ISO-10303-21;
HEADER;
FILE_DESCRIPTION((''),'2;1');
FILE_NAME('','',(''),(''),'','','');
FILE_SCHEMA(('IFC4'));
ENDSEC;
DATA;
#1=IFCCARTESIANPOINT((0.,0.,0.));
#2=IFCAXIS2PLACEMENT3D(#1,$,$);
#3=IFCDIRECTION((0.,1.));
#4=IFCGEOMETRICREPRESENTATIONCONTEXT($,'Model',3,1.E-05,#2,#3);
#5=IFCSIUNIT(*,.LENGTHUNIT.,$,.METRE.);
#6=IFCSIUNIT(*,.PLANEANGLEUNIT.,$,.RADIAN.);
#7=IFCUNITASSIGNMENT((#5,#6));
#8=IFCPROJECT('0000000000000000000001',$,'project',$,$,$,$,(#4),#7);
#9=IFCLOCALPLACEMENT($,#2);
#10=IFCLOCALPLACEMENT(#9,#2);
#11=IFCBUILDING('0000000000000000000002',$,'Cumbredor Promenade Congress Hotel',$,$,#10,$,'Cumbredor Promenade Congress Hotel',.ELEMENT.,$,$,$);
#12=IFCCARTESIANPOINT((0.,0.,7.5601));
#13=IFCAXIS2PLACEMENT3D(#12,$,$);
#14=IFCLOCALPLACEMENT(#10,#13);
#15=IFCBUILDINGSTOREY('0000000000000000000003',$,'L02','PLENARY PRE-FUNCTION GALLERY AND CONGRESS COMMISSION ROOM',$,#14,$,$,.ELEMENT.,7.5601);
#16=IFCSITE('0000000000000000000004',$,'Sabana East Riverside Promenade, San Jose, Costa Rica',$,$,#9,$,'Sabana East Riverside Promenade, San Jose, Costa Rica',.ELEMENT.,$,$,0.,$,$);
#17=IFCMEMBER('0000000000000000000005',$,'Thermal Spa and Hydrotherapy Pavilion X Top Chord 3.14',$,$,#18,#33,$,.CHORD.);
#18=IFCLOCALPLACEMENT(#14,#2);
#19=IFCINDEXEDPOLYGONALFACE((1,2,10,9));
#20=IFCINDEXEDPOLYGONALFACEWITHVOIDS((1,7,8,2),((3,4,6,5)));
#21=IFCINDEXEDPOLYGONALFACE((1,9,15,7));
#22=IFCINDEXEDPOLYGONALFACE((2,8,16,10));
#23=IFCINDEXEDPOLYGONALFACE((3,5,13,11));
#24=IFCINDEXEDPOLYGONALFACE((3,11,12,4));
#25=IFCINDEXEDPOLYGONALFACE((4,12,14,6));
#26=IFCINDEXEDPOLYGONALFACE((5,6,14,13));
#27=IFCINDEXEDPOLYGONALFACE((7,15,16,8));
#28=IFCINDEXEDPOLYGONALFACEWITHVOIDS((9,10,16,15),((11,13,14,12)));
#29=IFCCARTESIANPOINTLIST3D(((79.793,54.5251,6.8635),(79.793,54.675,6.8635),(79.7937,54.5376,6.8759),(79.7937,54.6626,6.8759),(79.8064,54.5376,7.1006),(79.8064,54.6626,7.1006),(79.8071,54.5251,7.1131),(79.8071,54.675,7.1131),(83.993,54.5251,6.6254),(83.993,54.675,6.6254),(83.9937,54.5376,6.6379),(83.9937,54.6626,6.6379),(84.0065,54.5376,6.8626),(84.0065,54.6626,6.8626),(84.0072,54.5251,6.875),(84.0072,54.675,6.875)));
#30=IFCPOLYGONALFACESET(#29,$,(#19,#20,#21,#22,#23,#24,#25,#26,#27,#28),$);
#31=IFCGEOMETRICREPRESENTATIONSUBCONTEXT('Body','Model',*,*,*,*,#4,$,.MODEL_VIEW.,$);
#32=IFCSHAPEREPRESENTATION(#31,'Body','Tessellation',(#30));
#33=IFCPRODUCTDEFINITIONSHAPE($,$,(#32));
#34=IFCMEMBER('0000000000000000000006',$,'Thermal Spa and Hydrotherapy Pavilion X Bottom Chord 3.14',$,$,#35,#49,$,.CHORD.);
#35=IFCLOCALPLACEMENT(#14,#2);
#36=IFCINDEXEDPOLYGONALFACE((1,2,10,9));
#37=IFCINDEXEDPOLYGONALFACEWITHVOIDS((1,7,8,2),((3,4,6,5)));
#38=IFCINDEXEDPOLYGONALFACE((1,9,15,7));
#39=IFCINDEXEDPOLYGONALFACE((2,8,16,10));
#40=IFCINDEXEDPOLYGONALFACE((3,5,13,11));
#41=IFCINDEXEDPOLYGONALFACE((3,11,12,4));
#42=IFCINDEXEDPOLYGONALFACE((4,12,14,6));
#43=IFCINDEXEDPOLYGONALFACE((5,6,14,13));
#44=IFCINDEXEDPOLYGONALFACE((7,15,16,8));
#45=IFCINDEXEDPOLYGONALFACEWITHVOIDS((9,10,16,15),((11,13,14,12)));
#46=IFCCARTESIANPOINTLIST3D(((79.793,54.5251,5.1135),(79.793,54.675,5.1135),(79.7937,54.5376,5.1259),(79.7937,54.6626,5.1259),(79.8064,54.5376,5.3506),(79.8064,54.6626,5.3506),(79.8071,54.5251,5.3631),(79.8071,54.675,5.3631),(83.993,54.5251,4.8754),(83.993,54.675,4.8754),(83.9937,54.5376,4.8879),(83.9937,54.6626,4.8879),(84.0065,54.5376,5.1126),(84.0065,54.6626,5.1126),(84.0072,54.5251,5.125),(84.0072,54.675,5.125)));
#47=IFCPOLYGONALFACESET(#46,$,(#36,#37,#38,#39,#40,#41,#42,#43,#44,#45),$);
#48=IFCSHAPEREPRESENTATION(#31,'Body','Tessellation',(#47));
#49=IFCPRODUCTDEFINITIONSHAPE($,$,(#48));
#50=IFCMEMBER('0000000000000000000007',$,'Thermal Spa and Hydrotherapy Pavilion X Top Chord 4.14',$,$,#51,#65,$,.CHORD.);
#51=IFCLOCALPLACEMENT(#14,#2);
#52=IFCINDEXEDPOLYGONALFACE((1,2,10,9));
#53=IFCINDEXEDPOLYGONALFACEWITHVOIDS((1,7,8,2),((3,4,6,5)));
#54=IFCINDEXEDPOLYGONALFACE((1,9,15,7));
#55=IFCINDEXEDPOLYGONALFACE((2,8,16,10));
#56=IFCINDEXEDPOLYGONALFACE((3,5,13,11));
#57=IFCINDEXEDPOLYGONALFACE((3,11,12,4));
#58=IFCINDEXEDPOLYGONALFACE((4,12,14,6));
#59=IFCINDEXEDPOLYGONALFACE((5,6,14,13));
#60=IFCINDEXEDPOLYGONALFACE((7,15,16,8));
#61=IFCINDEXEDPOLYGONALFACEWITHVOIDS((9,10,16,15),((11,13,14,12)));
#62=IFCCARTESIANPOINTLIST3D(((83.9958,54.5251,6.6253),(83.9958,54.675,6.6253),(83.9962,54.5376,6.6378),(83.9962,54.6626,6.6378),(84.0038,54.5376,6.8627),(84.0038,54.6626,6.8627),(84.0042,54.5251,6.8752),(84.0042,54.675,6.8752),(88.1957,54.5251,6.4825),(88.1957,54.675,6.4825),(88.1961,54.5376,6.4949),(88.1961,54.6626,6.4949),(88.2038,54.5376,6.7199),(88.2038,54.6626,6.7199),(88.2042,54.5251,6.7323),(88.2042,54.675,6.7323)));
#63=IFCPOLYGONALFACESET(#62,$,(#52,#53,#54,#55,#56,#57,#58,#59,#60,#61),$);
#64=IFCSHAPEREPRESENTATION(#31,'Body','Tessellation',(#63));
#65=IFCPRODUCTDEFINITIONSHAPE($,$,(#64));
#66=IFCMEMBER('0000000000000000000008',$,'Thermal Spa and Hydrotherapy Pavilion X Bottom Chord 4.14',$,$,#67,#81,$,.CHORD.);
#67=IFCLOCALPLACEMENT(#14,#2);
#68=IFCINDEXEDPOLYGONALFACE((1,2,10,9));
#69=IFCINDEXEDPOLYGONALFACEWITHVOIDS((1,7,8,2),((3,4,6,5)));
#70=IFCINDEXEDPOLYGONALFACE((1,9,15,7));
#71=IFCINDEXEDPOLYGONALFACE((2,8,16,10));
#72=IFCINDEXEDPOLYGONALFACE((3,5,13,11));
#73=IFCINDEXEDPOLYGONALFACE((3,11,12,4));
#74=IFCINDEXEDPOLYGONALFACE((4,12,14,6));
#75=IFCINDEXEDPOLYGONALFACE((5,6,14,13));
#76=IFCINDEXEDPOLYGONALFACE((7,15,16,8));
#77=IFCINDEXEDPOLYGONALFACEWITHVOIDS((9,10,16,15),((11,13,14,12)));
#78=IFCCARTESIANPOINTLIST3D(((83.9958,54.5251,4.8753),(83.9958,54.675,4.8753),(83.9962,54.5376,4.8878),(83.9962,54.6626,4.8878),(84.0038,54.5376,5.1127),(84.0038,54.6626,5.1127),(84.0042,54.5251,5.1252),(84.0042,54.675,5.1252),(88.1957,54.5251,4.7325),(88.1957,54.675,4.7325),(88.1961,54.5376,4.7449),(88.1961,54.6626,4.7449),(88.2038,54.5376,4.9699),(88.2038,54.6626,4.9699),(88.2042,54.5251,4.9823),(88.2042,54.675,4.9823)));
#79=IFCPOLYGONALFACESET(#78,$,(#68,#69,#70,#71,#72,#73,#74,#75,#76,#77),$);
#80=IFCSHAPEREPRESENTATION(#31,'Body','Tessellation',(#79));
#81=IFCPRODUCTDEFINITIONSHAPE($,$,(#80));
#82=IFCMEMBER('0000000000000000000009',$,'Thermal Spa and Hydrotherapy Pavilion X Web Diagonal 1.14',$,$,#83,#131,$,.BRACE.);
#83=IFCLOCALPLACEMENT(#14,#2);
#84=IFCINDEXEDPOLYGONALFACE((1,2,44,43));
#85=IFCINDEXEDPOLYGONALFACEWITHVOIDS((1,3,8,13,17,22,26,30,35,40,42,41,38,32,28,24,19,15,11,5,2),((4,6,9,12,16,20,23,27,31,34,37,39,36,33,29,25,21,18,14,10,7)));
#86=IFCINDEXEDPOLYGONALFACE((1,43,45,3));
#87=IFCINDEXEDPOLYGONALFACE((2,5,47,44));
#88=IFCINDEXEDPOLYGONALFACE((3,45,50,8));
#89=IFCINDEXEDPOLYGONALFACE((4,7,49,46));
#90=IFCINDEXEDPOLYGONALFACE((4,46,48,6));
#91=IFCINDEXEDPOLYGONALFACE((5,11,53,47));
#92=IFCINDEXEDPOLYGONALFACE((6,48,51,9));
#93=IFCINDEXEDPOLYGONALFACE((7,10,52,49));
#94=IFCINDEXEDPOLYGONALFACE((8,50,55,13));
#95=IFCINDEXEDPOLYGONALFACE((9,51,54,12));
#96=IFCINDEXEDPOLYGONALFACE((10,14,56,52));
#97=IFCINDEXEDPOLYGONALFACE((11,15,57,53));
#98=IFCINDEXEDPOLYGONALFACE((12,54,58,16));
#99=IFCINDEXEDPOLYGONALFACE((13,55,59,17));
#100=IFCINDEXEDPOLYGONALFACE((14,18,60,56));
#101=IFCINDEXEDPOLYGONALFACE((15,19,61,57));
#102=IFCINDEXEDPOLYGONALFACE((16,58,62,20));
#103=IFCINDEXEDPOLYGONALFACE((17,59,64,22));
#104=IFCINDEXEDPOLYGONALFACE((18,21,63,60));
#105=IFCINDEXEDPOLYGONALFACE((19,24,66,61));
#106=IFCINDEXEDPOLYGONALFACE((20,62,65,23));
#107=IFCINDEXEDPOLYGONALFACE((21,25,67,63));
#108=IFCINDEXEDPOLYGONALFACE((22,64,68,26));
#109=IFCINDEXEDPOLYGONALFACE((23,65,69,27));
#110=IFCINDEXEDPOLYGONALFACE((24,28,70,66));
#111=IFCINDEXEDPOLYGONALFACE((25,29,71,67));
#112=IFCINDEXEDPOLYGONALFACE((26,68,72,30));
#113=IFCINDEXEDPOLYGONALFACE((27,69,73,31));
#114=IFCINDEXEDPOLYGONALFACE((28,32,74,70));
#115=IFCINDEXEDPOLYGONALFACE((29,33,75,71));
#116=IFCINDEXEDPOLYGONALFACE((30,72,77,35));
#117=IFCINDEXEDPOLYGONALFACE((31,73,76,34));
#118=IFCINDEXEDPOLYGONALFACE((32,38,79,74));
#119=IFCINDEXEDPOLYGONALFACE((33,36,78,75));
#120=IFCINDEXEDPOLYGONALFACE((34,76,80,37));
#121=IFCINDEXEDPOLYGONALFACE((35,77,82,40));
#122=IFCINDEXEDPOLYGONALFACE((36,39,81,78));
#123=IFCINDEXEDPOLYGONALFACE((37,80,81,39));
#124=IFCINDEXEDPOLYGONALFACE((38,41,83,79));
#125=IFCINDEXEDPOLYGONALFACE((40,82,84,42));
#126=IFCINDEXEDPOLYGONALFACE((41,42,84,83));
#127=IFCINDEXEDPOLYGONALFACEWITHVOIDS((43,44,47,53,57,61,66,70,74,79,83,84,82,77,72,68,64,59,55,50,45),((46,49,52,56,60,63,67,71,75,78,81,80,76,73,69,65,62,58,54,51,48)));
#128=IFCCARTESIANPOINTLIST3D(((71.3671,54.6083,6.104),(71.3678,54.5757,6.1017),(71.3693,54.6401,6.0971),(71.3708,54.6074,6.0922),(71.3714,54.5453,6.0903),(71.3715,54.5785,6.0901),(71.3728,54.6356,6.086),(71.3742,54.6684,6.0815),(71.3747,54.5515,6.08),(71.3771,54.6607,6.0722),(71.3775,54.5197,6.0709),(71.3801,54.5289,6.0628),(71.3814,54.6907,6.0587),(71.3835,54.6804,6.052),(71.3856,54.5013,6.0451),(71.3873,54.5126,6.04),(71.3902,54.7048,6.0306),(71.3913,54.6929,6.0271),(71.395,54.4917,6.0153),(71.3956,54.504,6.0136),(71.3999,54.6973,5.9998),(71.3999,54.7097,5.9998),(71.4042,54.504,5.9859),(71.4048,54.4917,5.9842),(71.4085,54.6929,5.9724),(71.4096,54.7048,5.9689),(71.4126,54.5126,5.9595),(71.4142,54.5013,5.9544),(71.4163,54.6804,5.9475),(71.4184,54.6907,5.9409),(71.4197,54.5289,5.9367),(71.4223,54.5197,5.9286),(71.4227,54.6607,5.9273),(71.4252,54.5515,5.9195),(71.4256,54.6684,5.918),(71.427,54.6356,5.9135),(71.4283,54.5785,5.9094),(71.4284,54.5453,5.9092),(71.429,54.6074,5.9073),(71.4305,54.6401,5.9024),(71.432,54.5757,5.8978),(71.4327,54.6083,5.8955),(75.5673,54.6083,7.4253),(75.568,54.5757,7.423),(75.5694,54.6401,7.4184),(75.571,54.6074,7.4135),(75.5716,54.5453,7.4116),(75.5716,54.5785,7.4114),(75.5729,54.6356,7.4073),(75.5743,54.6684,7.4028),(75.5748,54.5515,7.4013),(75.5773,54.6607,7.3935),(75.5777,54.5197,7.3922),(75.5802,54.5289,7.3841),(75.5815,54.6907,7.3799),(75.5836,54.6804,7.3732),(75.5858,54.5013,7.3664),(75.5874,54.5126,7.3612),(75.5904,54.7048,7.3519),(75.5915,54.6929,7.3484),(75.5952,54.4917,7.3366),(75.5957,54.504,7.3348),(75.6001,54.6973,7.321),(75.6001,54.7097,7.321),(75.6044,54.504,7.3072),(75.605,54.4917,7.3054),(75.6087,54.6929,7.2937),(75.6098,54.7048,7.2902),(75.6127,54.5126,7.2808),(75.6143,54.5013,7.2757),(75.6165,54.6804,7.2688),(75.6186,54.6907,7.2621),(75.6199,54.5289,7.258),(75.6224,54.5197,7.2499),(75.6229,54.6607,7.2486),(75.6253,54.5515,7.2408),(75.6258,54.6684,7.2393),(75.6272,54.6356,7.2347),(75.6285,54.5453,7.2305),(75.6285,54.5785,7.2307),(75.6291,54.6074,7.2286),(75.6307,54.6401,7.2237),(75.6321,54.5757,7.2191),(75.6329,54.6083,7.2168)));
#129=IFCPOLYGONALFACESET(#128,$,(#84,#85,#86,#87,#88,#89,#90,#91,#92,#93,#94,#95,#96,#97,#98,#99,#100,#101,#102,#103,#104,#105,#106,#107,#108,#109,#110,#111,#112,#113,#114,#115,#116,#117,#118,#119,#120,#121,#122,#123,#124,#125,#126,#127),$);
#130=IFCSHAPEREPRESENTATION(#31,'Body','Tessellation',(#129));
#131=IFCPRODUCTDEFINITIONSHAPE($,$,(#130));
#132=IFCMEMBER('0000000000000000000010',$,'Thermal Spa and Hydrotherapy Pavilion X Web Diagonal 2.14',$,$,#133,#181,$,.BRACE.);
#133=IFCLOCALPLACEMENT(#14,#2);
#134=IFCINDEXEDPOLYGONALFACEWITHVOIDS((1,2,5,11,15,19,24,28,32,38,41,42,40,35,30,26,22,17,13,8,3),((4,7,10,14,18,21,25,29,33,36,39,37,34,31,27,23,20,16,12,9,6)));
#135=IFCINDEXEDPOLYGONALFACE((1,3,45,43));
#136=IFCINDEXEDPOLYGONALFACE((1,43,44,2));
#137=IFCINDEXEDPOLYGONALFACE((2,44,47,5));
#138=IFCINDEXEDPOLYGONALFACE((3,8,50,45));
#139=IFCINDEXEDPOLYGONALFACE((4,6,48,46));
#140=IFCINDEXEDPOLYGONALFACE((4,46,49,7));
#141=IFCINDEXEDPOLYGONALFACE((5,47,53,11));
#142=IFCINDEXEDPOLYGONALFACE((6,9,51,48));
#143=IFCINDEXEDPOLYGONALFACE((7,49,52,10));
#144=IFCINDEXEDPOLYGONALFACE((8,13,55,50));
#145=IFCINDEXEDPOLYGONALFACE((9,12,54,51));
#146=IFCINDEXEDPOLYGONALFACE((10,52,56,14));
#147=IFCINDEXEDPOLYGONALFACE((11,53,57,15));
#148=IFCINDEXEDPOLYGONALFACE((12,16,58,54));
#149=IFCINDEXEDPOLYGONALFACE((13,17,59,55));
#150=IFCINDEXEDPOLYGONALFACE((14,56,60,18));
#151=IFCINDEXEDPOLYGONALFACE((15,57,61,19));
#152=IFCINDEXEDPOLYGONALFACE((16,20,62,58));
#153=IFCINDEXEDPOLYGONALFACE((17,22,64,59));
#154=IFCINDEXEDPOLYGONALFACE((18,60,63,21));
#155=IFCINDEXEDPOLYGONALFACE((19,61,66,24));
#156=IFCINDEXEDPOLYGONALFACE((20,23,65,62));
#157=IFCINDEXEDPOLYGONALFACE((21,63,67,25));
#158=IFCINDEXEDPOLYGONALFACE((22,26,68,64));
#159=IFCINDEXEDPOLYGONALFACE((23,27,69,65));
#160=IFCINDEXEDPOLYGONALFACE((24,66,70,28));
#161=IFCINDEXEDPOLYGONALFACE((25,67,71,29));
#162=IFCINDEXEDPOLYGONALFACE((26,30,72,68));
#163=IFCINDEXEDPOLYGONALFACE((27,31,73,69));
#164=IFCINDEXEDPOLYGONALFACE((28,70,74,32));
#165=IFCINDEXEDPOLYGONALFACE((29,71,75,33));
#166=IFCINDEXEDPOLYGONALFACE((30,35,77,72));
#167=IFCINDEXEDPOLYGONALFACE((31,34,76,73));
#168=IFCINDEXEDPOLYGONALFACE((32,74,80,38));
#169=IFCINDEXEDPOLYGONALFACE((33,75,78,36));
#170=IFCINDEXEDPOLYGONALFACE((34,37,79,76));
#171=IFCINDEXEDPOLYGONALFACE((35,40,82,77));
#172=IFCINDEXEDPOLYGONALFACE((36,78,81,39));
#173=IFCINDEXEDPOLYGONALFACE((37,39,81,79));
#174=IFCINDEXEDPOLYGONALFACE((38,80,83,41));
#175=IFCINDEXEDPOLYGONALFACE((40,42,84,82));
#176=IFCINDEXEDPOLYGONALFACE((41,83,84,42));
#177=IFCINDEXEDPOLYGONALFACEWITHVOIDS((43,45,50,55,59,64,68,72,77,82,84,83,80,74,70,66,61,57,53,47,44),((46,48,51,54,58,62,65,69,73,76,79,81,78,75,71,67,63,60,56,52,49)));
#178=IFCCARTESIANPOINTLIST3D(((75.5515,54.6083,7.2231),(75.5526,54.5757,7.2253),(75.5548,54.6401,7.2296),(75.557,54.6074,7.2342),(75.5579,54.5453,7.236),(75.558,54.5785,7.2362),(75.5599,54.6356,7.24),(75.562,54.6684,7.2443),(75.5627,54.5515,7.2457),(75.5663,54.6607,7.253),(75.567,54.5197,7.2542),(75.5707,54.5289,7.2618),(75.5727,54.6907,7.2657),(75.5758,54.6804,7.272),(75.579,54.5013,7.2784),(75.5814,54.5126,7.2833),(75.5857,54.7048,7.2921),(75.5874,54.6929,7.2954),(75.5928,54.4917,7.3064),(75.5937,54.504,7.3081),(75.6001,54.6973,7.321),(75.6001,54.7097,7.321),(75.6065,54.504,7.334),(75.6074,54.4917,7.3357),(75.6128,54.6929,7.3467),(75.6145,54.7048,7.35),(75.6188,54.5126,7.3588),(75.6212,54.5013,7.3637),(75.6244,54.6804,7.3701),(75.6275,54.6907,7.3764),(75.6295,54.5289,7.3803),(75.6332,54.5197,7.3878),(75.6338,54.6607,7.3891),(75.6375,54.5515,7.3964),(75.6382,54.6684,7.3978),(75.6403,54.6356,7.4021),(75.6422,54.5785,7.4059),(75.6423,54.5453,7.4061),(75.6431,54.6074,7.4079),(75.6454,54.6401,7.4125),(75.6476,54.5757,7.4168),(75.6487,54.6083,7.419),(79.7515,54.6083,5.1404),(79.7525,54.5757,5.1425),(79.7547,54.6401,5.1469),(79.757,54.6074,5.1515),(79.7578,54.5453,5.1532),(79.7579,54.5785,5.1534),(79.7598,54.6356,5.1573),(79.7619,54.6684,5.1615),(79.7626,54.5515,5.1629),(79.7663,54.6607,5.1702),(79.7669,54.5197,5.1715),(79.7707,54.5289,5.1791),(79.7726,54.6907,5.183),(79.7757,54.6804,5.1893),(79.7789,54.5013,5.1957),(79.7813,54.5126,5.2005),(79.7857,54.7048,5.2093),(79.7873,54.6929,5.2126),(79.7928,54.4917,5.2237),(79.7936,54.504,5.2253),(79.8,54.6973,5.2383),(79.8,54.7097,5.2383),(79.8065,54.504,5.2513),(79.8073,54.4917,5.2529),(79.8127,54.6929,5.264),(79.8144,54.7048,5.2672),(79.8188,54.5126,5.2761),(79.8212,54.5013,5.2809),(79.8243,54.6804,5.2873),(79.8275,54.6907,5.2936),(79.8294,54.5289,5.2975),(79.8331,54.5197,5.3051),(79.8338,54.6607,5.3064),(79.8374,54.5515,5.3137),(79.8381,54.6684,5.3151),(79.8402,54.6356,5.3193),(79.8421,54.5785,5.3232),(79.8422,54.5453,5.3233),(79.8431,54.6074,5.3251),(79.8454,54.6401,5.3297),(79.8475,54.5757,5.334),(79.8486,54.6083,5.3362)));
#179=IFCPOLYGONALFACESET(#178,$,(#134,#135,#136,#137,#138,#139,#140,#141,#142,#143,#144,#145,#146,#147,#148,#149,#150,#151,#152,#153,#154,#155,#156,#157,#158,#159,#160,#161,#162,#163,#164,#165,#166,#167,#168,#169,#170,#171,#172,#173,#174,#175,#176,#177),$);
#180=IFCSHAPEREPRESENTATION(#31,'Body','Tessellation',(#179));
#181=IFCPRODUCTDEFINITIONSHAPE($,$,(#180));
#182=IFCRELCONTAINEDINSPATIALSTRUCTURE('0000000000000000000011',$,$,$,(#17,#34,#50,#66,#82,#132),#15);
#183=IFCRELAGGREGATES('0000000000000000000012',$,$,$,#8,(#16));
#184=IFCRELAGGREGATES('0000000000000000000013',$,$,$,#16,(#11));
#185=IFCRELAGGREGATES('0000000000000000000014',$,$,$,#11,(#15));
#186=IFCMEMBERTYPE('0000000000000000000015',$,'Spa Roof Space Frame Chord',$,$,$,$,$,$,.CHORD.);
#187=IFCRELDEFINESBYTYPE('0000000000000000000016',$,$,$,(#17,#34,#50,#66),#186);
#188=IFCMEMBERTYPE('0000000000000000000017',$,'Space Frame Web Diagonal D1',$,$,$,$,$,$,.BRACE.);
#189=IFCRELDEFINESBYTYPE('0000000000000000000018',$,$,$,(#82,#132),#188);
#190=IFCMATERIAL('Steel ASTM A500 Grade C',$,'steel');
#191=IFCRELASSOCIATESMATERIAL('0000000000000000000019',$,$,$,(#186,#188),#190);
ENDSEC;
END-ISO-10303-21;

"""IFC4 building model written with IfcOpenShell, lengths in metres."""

from ifc_helpers import new_model, si_unit, direction, frame, origin, origin_2d, place, context, subcontext, project, spatial, hollow_rectangle, hollow_circle, extrude, material, material_profile, profile_set, type_object, element, save


model = new_model("IFC4")

# Units and contexts
model_context = context("Model", 3, precision=1e-05, world=origin(), true_north=direction((0.0, 1.0)))
body_context = subcontext(model_context, "Body", "Model", "MODEL_VIEW")
ifc_project = project(units=[si_unit("LENGTHUNIT", "METRE"), si_unit("PLANEANGLEUNIT", "RADIAN")], contexts=[model_context])

# Site, building, storey
site_placement = place(None, origin())
site = spatial("IfcSite", under=ifc_project, at=site_placement, Name="Sabana East Riverside Promenade, San Jose, Costa Rica", LongName="Sabana East Riverside Promenade, San Jose, Costa Rica", CompositionType="ELEMENT", RefElevation=0.0)
building_placement = place(site_placement, origin())
building = spatial("IfcBuilding", under=site, at=building_placement, Name="Cumbredor Promenade Congress Hotel", LongName="Cumbredor Promenade Congress Hotel", CompositionType="ELEMENT")
storey_placement = place(building_placement, frame((0.0, 0.0, 7.5601)))
storey = spatial("IfcBuildingStorey", under=building, at=storey_placement, Name="L02", Description="PLENARY PRE-FUNCTION GALLERY AND CONGRESS COMMISSION ROOM", CompositionType="ELEMENT", Elevation=7.5601)

# Members
ifc_material_1 = material(Name="Steel ASTM A500 Grade C", Category="steel")
ifc_material_profile_1 = material_profile(ifc_material_1, hollow_rectangle(XDim=0.1499, YDim=0.25, WallThickness=0.0125, at=origin_2d()), Name="HSS 250x150x12.5")
ifc_profile_set_1 = profile_set([ifc_material_profile_1], Name="Steel ASTM A500 Grade C")
member_type_1 = type_object("IfcMemberType", Name="Spa Roof Space Frame Chord", PredefinedType="CHORD", material=ifc_profile_set_1)
for number, where, z_axis, x_axis, name in (
    (1, (79.8, 54.6001, 6.9883), (0.998398, 0.0, -0.056585), (0.0, 1.0, 0.0), "Thermal Spa and Hydrotherapy Pavilion X Top Chord 3.14"),
    (2, (79.8, 54.6001, 5.2383), (0.998398, 0.0, -0.056585), (0.0, 1.0, 0.0), "Thermal Spa and Hydrotherapy Pavilion X Bottom Chord 3.14"),
):
    element("IfcMember", number, at=place(storey_placement, frame(where, z_axis=z_axis, x_axis=x_axis)), inside=storey, type_object=member_type_1, Name=name, PredefinedType="CHORD", context=body_context, shape_type="SweptSolid", body=[
        extrude(hollow_rectangle(XDim=0.1499, YDim=0.25, WallThickness=0.0125, at=origin_2d()), origin(), (0.0, 0.0, 1.0), 4.2068),
    ])
for number, where, z_axis, x_axis, name in (
    (3, (84.0, 54.6001, 6.7502), (0.999422, 0.0, -0.033986), (0.0, 1.0, 0.0), "Thermal Spa and Hydrotherapy Pavilion X Top Chord 4.14"),
    (4, (84.0, 54.6001, 5.0002), (0.999422, 0.0, -0.033986), (0.0, 1.0, 0.0), "Thermal Spa and Hydrotherapy Pavilion X Bottom Chord 4.14"),
):
    element("IfcMember", number, at=place(storey_placement, frame(where, z_axis=z_axis, x_axis=x_axis)), inside=storey, type_object=member_type_1, Name=name, PredefinedType="CHORD", context=body_context, shape_type="SweptSolid", body=[
        extrude(hollow_rectangle(XDim=0.1499, YDim=0.25, WallThickness=0.0125, at=origin_2d()), origin(), (0.0, 0.0, 1.0), 4.2024),
    ])
ifc_material_profile_2 = material_profile(ifc_material_1, hollow_circle(Radius=0.1096, WallThickness=0.0125, at=origin_2d()), Name="CHS 219.1x12.5")
ifc_profile_set_2 = profile_set([ifc_material_profile_2], Name="Steel ASTM A500 Grade C")
member_type_2 = type_object("IfcMemberType", Name="Space Frame Web Diagonal D1", PredefinedType="BRACE", material=ifc_profile_set_2)
member_1_placement = place(storey_placement, frame((71.3999, 54.6001, 5.9998), z_axis=(0.953914, 0.0, 0.30008), x_axis=(0.0, 1.0, 0.0)))
element("IfcMember", 5, at=member_1_placement, inside=storey, type_object=member_type_2, Name="Thermal Spa and Hydrotherapy Pavilion X Web Diagonal 1.14", PredefinedType="BRACE", context=body_context, shape_type="SweptSolid", body=[
    extrude(hollow_circle(Radius=0.1096, WallThickness=0.0125, at=origin_2d()), origin(), (0.0, 0.0, 1.0), 4.4031),
])
member_2_placement = place(storey_placement, frame((75.6001, 54.6001, 7.321), z_axis=(0.895891, 0.0, -0.444274), x_axis=(0.0, 1.0, 0.0)))
element("IfcMember", 6, at=member_2_placement, inside=storey, type_object=member_type_2, Name="Thermal Spa and Hydrotherapy Pavilion X Web Diagonal 2.14", PredefinedType="BRACE", context=body_context, shape_type="SweptSolid", body=[
    extrude(hollow_circle(Radius=0.1096, WallThickness=0.0125, at=origin_2d()), origin(), (0.0, 0.0, 1.0), 4.688),
])

save(model, "model.ifc")
